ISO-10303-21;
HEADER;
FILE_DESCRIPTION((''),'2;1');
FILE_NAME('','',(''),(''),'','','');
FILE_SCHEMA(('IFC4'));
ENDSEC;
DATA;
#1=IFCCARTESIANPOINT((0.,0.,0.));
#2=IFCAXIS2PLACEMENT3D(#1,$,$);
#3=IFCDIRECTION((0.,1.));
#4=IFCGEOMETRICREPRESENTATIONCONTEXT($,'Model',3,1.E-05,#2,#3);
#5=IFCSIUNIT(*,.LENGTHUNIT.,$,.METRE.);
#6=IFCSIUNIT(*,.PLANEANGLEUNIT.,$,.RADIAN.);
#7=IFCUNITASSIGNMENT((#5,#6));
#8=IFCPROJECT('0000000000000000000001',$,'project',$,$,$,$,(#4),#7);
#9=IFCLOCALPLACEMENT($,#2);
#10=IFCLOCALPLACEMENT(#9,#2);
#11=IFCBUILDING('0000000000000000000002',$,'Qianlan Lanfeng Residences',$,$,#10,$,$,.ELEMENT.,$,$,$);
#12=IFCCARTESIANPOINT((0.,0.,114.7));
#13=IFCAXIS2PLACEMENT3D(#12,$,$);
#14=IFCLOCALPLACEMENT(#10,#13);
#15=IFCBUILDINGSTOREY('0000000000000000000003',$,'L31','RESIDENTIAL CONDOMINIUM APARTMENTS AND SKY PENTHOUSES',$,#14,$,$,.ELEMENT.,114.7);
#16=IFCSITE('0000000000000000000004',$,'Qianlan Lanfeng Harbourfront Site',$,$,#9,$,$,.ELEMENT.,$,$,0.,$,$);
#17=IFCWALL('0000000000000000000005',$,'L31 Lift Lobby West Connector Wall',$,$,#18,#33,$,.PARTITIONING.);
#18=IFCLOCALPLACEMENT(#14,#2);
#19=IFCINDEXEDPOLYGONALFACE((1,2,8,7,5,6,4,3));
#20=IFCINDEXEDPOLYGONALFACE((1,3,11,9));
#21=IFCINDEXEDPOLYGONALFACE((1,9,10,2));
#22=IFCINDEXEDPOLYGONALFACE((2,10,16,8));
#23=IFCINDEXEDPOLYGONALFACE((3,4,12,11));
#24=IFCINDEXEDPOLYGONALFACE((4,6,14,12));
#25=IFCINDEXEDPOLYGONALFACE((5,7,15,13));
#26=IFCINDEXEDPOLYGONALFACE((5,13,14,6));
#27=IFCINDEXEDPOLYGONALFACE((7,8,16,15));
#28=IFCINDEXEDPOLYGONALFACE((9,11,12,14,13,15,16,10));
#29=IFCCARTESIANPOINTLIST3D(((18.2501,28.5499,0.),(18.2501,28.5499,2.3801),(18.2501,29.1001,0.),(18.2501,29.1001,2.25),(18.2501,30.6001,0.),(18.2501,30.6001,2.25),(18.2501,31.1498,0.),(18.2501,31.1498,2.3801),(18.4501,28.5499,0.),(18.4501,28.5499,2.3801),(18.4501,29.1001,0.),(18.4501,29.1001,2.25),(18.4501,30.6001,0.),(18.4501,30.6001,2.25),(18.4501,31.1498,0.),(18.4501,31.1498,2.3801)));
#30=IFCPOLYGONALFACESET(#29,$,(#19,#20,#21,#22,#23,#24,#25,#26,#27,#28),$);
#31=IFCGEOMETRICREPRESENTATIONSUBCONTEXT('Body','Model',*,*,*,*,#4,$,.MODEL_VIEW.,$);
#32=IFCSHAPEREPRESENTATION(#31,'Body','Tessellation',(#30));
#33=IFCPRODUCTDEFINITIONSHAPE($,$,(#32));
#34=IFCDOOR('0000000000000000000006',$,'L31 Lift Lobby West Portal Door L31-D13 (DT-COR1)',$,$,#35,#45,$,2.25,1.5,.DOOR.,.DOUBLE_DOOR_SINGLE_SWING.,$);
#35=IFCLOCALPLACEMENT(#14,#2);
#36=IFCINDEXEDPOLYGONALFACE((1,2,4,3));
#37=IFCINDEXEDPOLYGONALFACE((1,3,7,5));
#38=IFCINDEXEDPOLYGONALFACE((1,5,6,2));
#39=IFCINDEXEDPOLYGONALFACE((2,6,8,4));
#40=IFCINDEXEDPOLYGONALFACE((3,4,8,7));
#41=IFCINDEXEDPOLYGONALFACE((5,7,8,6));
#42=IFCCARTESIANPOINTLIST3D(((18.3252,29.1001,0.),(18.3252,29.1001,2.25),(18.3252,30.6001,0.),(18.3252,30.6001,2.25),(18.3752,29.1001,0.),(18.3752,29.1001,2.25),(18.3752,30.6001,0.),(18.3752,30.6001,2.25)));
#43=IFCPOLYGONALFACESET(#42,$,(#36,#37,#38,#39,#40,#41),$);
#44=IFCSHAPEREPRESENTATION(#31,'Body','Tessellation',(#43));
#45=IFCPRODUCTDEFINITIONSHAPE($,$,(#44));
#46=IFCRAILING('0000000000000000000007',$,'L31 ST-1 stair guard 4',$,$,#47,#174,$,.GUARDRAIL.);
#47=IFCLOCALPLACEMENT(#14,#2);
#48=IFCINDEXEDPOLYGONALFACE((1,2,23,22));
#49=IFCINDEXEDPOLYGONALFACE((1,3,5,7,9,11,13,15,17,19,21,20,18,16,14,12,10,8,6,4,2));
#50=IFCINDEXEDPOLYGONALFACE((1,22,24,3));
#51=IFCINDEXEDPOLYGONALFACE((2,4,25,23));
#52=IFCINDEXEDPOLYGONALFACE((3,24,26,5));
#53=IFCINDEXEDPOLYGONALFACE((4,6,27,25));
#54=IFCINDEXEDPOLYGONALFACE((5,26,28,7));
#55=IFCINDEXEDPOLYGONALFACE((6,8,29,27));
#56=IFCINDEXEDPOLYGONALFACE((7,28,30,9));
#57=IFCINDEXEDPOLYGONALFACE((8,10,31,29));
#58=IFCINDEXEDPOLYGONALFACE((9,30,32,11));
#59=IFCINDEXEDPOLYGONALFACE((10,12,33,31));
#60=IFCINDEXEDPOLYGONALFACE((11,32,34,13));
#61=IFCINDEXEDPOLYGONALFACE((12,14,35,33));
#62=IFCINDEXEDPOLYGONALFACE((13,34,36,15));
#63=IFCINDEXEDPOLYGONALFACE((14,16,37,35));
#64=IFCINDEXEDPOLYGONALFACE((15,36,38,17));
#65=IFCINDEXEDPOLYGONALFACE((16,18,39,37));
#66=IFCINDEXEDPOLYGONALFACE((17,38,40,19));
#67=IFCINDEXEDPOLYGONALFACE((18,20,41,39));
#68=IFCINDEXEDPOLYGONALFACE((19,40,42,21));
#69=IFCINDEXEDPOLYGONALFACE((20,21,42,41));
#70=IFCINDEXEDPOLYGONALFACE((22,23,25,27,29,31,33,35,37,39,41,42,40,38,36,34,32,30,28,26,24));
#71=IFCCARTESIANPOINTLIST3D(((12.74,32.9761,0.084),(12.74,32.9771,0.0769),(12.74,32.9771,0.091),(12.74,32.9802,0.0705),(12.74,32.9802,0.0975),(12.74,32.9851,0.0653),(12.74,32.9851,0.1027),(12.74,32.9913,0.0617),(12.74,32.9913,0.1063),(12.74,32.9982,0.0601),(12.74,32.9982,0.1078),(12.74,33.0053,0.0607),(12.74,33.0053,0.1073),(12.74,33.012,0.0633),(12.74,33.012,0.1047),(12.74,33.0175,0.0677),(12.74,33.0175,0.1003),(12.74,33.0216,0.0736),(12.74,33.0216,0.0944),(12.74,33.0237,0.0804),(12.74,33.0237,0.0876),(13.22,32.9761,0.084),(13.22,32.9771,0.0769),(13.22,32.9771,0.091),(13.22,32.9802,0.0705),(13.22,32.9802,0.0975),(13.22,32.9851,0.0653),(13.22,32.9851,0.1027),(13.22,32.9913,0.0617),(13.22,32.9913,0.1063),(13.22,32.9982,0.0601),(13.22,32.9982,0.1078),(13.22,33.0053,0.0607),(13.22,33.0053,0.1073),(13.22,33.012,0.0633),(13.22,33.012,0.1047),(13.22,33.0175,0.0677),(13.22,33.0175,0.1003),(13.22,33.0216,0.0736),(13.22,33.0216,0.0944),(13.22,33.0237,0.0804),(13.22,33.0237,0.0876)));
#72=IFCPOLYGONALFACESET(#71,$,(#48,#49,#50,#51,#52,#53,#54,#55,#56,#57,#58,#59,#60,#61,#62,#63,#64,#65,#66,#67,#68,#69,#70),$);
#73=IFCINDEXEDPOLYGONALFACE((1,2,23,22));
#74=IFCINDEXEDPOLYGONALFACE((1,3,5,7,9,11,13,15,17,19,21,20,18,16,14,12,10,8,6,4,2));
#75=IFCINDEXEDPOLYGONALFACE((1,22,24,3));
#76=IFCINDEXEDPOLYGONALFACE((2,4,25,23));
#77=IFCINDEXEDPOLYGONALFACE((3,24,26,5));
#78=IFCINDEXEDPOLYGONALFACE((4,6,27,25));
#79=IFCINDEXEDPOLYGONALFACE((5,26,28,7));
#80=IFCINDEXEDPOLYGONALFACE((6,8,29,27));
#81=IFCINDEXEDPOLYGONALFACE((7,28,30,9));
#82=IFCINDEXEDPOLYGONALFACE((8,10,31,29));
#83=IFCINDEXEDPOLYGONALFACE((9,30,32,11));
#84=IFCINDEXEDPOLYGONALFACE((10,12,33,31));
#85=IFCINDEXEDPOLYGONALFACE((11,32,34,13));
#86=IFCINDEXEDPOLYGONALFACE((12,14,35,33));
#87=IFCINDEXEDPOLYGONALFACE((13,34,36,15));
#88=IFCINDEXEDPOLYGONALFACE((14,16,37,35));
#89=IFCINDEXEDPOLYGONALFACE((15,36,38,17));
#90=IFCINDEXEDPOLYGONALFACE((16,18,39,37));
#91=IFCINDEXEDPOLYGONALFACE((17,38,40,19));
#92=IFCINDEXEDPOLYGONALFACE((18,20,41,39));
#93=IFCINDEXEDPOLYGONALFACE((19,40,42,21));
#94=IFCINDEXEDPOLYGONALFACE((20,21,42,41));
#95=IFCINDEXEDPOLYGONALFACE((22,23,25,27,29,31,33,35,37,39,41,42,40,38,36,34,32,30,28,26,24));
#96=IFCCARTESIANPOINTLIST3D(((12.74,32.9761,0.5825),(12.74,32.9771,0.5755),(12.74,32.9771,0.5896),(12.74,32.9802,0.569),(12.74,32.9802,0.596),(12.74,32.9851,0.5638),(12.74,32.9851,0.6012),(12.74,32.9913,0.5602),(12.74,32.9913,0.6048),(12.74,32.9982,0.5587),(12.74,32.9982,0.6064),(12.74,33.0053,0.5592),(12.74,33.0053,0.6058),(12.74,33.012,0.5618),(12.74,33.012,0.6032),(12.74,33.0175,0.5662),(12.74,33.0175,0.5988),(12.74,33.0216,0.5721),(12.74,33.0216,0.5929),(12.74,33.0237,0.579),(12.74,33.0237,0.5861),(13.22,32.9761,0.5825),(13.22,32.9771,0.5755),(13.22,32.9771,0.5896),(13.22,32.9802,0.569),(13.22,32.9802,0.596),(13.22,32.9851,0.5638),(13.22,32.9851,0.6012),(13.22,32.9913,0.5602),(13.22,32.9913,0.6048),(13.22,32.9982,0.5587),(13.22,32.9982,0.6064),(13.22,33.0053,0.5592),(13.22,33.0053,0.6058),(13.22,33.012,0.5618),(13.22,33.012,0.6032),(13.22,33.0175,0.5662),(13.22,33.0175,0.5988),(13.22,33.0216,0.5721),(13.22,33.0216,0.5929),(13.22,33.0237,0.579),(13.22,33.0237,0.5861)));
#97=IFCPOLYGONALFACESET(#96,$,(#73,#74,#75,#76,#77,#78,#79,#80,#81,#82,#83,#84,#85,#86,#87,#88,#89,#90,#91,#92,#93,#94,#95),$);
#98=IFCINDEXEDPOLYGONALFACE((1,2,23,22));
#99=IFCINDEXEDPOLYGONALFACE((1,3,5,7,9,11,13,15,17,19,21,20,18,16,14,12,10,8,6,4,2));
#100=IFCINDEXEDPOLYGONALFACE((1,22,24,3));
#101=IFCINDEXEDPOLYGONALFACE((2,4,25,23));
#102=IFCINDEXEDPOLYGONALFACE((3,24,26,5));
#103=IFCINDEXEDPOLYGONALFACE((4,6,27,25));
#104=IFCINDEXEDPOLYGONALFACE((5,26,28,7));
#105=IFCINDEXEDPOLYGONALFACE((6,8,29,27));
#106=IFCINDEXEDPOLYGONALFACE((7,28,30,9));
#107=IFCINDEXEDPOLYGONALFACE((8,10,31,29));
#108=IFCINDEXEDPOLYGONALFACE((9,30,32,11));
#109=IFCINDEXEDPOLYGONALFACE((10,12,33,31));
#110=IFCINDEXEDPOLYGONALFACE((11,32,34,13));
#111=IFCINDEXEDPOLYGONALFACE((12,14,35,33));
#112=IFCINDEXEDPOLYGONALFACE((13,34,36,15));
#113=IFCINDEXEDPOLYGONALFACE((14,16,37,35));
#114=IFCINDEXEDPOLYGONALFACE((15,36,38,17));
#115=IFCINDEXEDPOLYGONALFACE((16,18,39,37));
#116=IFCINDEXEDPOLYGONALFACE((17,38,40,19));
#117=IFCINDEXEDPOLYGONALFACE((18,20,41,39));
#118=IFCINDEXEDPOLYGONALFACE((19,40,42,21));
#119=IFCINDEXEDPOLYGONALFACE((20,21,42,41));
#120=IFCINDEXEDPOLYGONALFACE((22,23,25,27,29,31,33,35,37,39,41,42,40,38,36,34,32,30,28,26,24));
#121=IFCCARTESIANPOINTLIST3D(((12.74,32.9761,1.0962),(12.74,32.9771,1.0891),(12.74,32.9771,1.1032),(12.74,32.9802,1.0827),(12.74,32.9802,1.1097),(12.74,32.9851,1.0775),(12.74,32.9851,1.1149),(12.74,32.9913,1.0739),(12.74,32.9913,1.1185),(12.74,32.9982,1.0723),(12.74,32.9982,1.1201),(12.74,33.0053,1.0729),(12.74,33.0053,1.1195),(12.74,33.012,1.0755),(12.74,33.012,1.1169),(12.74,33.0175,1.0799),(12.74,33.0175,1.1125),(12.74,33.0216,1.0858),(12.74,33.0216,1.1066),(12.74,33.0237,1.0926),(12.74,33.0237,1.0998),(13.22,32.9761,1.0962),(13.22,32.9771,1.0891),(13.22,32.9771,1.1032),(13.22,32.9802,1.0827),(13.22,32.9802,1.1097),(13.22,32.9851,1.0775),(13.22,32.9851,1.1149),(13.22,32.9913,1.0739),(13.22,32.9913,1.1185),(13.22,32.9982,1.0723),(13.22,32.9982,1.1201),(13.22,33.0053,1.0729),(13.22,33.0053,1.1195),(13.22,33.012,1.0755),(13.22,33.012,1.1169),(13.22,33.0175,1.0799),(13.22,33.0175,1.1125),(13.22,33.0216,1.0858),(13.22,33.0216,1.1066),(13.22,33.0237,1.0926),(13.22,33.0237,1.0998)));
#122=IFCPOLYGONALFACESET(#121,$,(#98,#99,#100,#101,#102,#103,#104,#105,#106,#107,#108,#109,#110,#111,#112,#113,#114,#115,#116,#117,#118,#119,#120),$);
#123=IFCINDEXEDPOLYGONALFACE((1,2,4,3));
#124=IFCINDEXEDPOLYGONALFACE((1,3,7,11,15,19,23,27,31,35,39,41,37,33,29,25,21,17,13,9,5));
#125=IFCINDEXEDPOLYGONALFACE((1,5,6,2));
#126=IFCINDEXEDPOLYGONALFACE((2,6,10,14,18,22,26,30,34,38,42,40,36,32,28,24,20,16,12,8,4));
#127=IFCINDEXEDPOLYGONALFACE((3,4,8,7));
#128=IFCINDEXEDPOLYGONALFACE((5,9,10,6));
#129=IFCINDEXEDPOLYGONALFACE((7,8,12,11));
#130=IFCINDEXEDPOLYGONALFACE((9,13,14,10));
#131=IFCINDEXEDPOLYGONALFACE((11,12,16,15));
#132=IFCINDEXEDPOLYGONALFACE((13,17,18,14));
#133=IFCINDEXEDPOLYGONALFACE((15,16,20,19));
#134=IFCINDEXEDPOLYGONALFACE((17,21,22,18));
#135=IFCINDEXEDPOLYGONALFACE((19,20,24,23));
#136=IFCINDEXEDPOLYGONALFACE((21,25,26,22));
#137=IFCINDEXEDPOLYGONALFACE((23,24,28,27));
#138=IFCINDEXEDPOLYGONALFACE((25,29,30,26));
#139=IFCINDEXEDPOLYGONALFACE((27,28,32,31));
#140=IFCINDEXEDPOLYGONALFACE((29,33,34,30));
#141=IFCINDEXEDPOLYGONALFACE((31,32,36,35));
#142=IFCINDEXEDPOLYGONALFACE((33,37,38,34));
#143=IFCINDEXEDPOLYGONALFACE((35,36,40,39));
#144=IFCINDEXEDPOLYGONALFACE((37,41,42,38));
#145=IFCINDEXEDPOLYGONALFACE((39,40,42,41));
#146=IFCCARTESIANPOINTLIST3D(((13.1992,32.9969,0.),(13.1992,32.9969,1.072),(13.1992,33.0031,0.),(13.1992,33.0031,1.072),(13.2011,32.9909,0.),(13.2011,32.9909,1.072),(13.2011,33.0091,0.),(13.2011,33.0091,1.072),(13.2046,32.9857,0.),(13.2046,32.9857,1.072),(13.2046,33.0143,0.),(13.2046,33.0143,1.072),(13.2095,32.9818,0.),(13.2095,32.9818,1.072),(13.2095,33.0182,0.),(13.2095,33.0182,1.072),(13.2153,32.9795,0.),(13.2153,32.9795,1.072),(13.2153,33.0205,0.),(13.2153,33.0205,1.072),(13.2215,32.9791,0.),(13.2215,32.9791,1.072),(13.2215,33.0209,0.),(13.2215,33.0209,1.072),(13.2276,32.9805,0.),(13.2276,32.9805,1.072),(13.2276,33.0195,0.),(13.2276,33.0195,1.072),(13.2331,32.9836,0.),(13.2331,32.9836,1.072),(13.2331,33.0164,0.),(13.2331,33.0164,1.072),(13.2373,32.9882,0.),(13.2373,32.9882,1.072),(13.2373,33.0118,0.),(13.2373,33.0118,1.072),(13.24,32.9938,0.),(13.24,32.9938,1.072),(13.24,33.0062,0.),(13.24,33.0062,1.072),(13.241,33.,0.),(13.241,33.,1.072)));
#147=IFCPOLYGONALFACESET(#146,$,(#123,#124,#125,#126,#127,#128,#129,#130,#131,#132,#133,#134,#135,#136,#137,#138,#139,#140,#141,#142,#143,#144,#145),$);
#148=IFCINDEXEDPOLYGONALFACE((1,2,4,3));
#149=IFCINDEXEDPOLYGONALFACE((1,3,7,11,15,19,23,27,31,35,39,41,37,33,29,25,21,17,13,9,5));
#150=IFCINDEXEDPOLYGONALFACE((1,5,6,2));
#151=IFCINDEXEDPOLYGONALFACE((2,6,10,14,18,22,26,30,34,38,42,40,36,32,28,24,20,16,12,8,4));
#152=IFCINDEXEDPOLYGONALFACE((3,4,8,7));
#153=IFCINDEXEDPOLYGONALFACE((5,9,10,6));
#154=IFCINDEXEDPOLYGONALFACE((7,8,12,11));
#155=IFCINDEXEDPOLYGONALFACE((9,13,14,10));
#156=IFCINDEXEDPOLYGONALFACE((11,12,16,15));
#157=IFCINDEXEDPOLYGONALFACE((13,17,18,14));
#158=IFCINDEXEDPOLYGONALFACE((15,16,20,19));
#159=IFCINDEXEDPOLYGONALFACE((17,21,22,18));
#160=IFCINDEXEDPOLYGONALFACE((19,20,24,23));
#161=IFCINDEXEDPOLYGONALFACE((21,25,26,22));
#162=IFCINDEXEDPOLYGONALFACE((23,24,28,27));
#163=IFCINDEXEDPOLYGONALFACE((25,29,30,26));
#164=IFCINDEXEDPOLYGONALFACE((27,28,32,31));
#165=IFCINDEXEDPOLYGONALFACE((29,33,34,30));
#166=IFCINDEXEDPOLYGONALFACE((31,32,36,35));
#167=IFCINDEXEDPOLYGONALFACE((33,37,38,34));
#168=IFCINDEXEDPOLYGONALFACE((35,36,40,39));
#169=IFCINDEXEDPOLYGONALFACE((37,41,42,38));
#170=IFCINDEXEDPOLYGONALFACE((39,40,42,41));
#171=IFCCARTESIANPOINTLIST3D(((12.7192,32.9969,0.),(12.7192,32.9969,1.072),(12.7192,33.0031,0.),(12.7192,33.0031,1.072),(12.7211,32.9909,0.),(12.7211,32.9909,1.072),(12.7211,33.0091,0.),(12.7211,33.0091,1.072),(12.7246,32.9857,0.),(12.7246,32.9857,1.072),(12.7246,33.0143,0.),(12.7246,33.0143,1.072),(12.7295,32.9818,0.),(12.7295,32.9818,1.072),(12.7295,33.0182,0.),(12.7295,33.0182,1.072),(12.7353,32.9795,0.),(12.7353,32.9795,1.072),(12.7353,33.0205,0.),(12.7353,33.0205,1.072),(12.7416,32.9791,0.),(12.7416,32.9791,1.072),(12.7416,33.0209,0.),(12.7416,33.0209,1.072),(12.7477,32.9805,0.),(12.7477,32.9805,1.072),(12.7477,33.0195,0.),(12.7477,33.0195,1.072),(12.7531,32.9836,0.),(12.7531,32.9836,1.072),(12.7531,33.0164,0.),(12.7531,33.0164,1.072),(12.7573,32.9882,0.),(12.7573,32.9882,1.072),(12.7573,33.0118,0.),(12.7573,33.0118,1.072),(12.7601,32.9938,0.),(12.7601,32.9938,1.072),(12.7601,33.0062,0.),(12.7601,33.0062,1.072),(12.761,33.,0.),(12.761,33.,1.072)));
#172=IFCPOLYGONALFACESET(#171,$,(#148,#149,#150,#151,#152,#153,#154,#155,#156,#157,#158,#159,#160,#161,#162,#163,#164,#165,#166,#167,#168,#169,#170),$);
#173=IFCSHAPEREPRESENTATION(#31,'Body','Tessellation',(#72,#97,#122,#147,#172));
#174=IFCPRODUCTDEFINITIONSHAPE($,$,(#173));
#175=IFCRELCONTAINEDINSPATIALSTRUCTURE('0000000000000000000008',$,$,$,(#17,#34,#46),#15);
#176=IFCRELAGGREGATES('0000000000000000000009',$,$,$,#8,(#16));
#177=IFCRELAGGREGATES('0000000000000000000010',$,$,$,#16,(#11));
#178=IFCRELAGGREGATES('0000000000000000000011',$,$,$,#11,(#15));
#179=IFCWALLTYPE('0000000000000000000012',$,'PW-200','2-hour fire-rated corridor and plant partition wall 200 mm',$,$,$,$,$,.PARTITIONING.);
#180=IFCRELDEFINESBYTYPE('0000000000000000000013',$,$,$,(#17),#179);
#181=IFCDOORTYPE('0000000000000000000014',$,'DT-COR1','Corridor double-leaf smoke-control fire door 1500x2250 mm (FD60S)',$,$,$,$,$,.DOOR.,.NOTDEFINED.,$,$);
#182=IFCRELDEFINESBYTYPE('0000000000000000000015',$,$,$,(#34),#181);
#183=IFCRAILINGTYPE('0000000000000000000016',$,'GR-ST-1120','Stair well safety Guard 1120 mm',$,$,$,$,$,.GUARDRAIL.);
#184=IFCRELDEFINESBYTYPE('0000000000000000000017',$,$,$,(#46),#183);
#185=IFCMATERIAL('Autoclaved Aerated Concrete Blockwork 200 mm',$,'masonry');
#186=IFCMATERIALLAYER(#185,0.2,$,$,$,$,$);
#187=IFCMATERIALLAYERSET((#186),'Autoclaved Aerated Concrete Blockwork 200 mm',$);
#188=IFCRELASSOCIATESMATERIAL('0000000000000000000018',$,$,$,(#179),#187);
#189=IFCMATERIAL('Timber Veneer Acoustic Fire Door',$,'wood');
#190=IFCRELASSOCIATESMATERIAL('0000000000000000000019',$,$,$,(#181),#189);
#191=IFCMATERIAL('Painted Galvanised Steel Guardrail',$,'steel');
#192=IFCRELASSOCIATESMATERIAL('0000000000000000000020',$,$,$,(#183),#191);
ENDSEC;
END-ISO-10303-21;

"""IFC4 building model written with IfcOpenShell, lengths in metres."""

from ifc_helpers import new_model, si_unit, direction, frame, frame_2d, origin, origin_2d, place, context, subcontext, project, spatial, rectangle, circle, extrude, material, layer, layer_set, type_object, element, fill, save


model = new_model("IFC4")

# Units and contexts
model_context = context("Model", 3, precision=1e-05, world=origin(), true_north=direction((0.0, 1.0)))
body_context = subcontext(model_context, "Body", "Model", "MODEL_VIEW")
ifc_project = project(units=[si_unit("LENGTHUNIT", "METRE"), si_unit("PLANEANGLEUNIT", "RADIAN")], contexts=[model_context])

# Site, building, storey
site_placement = place(None, origin())
site = spatial("IfcSite", under=ifc_project, at=site_placement, Name="Qianlan Lanfeng Harbourfront Site", CompositionType="ELEMENT", RefElevation=0.0)
building_placement = place(site_placement, origin())
building = spatial("IfcBuilding", under=site, at=building_placement, Name="Qianlan Lanfeng Residences", CompositionType="ELEMENT")
storey_placement = place(building_placement, frame((0.0, 0.0, 114.7)))
storey = spatial("IfcBuildingStorey", under=building, at=storey_placement, Name="L31", Description="RESIDENTIAL CONDOMINIUM APARTMENTS AND SKY PENTHOUSES", CompositionType="ELEMENT", Elevation=114.7)

# Wall, opening, door
ifc_material_1 = material(Name="Autoclaved Aerated Concrete Blockwork 200 mm", Category="masonry")
ifc_layer_1 = layer(ifc_material_1, 0.2)
ifc_layer_set_1 = layer_set([ifc_layer_1], Name="Autoclaved Aerated Concrete Blockwork 200 mm")
wall_type_1 = type_object("IfcWallType", Name="PW-200", Description="2-hour fire-rated corridor and plant partition wall 200 mm", PredefinedType="PARTITIONING", material=ifc_layer_set_1)
wall_1_placement = place(storey_placement, frame((18.3501, 28.55, 0.0), z_axis=(0.0, 0.0, 1.0), x_axis=(0.0, 1.0, 0.0)))
wall_1 = element("IfcWall", 1, at=wall_1_placement, inside=storey, type_object=wall_type_1, Name="L31 Lift Lobby West Connector Wall", PredefinedType="PARTITIONING", context=body_context, shape_type="SweptSolid", body=[
    extrude(rectangle(XDim=2.5999, YDim=0.2, at=frame_2d((1.2998, 0.0))), origin(), (0.0, 0.0, 1.0), 2.3801),
])
opening_1_placement = place(wall_1_placement, frame((0.55, 0.0, 0.0)))
opening_1 = element("IfcOpeningElement", 2, at=opening_1_placement, cuts=wall_1, PredefinedType="OPENING", context=body_context, shape_type="SweptSolid", body=[
    extrude(rectangle(XDim=1.5, YDim=2.25, at=frame_2d((0.75, 1.125))), frame((0.0, 0.1099, 0.0), z_axis=(0.0, -1.0, 0.0), x_axis=(1.0, 0.0, 0.0)), (0.0, 0.0, 1.0), 0.22),
])
ifc_material_2 = material(Name="Timber Veneer Acoustic Fire Door", Category="wood")
door_type_1 = type_object("IfcDoorType", Name="DT-COR1", Description="Corridor double-leaf smoke-control fire door 1500x2250 mm (FD60S)", OperationType="NOTDEFINED", PredefinedType="DOOR", material=ifc_material_2)
door_1_placement = place(opening_1_placement, origin())
door_1 = element("IfcDoor", 3, at=door_1_placement, inside=storey, type_object=door_type_1, Name="L31 Lift Lobby West Portal Door L31-D13 (DT-COR1)", OperationType="DOUBLE_DOOR_SINGLE_SWING", OverallHeight=2.25, OverallWidth=1.5, PredefinedType="DOOR", context=body_context, shape_type="SweptSolid", body=[
    extrude(rectangle(XDim=1.5, YDim=2.25, at=frame_2d((0.75, 1.125))), frame((0.0, 0.0249, 0.0), z_axis=(0.0, -1.0, 0.0), x_axis=(1.0, 0.0, 0.0)), (0.0, 0.0, 1.0), 0.05),
])
fill(opening_1, door_1)

# Railing
ifc_material_3 = material(Name="Painted Galvanised Steel Guardrail", Category="steel")
railing_type = type_object("IfcRailingType", Name="GR-ST-1120", Description="Stair well safety Guard 1120 mm", PredefinedType="GUARDRAIL", material=ifc_material_3)
railing_placement = place(storey_placement, frame((13.22, 33.0, 0.0)))
element("IfcRailing", 4, at=railing_placement, inside=storey, type_object=railing_type, Name="L31 ST-1 stair guard 4", PredefinedType="GUARDRAIL", context=body_context, shape_type="SweptSolid", body=[
    extrude(circle(Radius=0.0239, at=origin_2d()), frame((0.0, 0.0, 0.084), z_axis=(-1.0, 0.0, 0.0), x_axis=(0.0, -1.0, 0.0)), (0.0, 0.0, 1.0), 0.48),
    extrude(circle(Radius=0.0239, at=origin_2d()), frame((0.0, 0.0, 0.5825), z_axis=(-1.0, 0.0, 0.0), x_axis=(0.0, -1.0, 0.0)), (0.0, 0.0, 1.0), 0.48),
    extrude(circle(Radius=0.0239, at=origin_2d()), frame((0.0, 0.0, 1.0962), z_axis=(-1.0, 0.0, 0.0), x_axis=(0.0, -1.0, 0.0)), (0.0, 0.0, 1.0), 0.48),
    extrude(circle(Radius=0.021, at=origin_2d()), origin(), (0.0, 0.0, 1.0), 1.072),
    extrude(circle(Radius=0.021, at=origin_2d()), frame((-0.48, 0.0, 0.0)), (0.0, 0.0, 1.0), 1.072),
])

save(model, "model.ifc")
